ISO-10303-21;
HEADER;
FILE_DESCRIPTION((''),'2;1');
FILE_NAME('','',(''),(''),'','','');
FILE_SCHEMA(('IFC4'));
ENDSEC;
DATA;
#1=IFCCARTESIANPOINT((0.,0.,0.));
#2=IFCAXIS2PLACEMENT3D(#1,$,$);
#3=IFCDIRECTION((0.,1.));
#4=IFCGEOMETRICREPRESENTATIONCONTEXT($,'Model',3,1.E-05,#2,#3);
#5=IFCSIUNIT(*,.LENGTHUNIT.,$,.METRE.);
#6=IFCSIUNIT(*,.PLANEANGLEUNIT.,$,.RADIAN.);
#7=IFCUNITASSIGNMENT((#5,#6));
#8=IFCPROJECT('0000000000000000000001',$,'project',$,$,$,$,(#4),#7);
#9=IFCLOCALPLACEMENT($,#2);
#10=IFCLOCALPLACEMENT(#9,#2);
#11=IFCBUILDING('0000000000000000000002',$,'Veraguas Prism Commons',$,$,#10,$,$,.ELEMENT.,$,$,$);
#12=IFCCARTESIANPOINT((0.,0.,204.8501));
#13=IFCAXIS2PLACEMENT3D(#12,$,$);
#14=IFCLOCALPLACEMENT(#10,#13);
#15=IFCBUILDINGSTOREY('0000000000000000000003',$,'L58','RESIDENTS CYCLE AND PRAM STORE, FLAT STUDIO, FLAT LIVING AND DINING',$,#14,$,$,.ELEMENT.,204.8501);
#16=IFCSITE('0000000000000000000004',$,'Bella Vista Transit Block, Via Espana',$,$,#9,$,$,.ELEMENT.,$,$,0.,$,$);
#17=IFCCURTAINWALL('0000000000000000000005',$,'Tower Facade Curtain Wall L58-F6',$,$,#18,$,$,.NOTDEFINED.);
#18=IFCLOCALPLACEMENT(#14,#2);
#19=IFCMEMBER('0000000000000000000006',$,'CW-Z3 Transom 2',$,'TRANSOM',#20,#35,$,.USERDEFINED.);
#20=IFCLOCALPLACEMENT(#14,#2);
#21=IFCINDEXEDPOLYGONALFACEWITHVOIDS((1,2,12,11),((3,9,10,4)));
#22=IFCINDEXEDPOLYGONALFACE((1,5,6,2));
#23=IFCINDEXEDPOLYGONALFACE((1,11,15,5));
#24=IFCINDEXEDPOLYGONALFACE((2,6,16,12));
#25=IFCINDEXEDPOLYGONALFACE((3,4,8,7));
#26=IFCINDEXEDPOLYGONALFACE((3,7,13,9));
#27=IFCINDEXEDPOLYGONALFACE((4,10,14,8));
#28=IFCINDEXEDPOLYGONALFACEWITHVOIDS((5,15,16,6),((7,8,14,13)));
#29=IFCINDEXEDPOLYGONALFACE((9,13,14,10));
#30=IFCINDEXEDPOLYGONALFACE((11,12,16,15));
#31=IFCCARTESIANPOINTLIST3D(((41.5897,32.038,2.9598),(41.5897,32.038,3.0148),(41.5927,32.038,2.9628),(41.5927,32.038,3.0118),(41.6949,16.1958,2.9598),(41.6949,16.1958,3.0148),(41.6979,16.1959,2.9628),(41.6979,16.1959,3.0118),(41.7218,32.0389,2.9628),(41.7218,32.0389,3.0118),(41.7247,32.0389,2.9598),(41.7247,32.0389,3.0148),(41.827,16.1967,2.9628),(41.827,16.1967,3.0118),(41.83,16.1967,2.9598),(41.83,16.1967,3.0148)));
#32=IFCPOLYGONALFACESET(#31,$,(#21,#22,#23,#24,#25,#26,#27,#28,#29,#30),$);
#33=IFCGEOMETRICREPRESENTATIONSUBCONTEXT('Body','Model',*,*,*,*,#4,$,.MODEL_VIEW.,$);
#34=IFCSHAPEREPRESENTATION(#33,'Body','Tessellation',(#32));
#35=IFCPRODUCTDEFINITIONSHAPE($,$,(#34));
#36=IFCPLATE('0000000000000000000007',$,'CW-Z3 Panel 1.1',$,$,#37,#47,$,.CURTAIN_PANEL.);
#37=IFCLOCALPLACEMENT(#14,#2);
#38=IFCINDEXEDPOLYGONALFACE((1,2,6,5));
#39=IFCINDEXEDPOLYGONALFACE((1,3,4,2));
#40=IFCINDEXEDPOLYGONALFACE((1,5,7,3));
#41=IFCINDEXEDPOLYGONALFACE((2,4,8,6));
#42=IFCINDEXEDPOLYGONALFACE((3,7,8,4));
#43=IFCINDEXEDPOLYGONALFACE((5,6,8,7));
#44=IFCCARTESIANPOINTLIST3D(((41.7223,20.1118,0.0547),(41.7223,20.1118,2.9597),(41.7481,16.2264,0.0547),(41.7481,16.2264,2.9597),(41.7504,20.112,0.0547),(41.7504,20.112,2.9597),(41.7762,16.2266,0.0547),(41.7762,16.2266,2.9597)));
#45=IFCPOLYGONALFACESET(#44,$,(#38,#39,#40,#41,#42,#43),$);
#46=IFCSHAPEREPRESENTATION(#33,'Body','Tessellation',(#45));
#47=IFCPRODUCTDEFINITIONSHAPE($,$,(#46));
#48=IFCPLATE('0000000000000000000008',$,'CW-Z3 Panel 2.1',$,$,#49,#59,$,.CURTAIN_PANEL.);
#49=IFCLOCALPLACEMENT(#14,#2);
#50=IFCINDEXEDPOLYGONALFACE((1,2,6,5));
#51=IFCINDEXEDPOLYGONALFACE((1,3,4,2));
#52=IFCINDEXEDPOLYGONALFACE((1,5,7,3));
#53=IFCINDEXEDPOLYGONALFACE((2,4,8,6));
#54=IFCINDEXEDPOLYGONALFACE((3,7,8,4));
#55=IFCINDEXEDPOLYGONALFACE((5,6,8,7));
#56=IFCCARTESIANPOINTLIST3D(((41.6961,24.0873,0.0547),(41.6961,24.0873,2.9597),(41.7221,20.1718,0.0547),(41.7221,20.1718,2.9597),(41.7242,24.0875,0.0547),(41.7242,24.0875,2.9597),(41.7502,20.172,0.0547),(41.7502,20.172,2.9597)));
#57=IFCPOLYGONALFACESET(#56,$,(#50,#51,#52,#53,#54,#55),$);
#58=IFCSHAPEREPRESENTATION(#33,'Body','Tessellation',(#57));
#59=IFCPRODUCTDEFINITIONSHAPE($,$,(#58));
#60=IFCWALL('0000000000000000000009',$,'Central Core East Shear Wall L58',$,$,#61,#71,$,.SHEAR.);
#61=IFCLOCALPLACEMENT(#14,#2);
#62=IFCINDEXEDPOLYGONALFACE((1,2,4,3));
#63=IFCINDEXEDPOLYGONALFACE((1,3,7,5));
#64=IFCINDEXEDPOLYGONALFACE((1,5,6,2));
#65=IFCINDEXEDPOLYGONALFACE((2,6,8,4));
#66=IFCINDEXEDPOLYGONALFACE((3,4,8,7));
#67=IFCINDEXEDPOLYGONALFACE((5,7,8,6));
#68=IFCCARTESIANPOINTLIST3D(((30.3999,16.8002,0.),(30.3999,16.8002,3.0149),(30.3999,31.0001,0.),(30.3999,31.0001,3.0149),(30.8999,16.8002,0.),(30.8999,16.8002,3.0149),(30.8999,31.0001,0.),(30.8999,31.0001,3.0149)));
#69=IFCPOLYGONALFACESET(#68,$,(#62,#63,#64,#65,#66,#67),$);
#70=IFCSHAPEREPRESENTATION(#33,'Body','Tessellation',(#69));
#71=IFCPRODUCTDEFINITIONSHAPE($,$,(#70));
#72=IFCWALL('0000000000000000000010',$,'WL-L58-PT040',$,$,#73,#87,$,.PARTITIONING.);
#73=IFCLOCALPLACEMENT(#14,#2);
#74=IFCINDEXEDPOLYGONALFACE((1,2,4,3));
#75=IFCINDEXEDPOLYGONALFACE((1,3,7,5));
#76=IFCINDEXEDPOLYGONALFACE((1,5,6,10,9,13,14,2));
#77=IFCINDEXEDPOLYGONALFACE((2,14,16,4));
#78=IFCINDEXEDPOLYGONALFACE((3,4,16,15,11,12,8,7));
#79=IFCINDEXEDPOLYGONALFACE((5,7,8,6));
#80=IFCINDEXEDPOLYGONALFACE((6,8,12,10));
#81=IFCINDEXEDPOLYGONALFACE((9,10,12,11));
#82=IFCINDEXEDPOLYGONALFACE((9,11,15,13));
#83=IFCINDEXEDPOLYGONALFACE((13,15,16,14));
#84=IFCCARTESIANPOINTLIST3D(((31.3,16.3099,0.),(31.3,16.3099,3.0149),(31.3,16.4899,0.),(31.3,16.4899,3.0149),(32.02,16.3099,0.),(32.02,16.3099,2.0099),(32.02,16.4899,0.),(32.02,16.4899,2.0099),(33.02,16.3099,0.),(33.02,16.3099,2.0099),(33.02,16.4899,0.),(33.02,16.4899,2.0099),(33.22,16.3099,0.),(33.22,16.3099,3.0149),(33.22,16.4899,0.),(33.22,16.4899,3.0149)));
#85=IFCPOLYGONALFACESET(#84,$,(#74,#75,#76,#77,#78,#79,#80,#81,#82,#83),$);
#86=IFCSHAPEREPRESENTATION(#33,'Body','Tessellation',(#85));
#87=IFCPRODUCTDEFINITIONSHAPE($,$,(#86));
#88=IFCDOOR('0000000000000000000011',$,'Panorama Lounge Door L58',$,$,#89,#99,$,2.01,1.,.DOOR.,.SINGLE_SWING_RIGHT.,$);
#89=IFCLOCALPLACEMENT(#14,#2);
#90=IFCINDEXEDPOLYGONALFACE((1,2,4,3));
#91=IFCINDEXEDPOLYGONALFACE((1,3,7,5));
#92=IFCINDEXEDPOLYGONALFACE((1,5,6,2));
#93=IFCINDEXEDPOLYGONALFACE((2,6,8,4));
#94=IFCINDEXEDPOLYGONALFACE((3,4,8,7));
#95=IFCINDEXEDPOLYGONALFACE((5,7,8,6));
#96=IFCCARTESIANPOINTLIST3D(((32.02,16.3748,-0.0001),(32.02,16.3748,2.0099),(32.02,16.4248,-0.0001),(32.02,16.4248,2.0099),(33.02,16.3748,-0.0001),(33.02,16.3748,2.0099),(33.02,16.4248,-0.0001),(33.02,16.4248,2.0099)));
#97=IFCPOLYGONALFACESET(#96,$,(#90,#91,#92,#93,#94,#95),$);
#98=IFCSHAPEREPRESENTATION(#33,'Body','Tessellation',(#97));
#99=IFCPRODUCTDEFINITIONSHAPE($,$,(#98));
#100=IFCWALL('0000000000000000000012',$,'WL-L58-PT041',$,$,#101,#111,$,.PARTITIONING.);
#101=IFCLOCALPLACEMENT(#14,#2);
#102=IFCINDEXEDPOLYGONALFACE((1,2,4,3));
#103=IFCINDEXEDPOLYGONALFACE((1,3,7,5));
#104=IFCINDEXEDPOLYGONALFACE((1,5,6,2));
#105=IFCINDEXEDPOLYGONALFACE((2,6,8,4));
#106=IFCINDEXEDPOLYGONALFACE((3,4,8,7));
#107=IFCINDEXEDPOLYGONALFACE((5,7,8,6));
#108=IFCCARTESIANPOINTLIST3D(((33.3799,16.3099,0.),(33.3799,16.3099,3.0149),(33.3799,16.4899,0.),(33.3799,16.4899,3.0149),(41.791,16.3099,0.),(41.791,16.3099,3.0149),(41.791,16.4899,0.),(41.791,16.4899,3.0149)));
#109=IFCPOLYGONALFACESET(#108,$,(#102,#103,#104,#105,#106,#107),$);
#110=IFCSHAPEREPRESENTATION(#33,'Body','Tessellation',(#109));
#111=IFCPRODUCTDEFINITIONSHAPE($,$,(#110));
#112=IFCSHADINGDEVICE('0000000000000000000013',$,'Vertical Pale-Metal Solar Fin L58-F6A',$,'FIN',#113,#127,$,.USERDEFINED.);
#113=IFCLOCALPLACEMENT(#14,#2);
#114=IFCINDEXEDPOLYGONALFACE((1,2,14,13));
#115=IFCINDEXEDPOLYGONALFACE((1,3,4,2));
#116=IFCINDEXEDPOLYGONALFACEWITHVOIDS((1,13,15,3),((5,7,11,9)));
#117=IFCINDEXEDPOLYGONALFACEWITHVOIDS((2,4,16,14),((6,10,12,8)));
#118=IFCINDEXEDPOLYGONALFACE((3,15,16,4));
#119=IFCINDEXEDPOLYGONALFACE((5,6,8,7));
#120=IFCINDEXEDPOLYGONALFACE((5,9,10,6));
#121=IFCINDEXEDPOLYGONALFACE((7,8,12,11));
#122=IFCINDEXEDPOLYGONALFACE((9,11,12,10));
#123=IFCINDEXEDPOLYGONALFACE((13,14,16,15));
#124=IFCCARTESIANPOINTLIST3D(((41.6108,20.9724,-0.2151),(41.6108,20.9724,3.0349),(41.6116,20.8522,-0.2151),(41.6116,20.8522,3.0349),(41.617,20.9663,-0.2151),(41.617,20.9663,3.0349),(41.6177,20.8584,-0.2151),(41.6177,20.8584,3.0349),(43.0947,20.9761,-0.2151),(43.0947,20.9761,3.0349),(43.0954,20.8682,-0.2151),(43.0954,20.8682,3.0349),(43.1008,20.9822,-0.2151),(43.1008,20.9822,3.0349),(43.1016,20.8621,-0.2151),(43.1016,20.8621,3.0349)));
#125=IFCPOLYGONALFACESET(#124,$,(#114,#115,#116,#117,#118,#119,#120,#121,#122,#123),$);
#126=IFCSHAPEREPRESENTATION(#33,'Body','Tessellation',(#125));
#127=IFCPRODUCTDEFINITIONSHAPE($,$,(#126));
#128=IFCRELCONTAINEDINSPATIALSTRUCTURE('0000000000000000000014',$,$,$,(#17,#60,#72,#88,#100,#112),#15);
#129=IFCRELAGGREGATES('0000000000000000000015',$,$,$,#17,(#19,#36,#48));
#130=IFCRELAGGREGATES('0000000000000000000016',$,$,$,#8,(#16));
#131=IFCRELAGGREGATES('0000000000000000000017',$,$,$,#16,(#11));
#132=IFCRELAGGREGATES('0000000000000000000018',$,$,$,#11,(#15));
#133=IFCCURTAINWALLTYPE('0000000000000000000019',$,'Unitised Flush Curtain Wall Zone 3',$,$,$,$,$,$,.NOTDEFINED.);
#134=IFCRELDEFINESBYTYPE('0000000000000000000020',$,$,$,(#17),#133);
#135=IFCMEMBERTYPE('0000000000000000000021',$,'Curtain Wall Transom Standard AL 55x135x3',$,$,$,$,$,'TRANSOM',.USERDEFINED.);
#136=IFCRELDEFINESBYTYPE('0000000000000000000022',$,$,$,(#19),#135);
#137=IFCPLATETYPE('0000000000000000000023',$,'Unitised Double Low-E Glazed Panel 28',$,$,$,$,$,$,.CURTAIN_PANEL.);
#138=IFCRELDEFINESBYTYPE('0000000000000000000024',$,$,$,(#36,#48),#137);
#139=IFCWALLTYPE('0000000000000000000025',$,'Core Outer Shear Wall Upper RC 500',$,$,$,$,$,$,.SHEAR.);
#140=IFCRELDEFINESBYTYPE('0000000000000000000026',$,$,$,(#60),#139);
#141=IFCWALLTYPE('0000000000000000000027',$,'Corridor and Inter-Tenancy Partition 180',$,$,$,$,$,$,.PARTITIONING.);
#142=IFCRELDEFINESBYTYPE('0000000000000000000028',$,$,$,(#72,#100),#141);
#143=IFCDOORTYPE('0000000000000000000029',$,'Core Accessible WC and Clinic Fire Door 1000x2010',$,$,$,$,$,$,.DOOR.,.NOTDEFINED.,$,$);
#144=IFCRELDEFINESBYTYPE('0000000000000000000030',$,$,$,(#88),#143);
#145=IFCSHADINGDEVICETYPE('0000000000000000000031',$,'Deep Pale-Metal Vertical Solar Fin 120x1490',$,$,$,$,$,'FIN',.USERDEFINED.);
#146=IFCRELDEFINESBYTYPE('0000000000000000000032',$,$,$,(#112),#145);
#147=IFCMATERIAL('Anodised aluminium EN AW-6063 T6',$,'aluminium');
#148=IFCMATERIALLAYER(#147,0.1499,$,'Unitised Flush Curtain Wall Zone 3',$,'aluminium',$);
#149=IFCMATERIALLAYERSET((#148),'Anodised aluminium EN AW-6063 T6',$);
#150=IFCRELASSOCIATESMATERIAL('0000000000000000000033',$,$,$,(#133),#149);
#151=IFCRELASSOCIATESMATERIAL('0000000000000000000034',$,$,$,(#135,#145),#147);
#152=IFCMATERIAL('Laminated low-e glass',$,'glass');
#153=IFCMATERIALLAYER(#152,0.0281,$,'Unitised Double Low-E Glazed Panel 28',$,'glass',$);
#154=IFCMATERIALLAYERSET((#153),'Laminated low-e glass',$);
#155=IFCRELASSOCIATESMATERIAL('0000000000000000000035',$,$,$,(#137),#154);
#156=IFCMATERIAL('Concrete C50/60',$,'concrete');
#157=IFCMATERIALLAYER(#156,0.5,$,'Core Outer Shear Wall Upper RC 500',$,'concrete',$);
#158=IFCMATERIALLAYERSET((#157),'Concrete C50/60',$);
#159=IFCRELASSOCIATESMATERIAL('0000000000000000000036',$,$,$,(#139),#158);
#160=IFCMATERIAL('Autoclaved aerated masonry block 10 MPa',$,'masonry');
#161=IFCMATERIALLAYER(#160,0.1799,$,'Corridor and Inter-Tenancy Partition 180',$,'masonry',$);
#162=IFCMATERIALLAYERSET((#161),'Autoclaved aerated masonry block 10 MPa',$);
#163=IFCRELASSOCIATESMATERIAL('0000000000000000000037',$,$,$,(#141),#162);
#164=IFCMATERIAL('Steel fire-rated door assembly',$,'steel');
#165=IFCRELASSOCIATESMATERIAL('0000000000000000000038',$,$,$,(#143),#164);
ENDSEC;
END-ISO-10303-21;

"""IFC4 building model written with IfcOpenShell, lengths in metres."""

from ifc_helpers import new_model, si_unit, direction, frame, frame_2d, origin, origin_2d, place, context, subcontext, project, spatial, rectangle, hollow_rectangle, extrude, source, transform, mapped, material, layer, layer_set, material_profile, profile_set, type_object, element, fill, aggregate, save


model = new_model("IFC4")

# Units and contexts
model_context = context("Model", 3, precision=1e-05, world=origin(), true_north=direction((0.0, 1.0)))
body_context = subcontext(model_context, "Body", "Model", "MODEL_VIEW")
ifc_project = project(units=[si_unit("LENGTHUNIT", "METRE"), si_unit("PLANEANGLEUNIT", "RADIAN")], contexts=[model_context])

# Site, building, storey
site_placement = place(None, origin())
site = spatial("IfcSite", under=ifc_project, at=site_placement, Name="Bella Vista Transit Block, Via Espana", CompositionType="ELEMENT", RefElevation=0.0)
building_placement = place(site_placement, origin())
building = spatial("IfcBuilding", under=site, at=building_placement, Name="Veraguas Prism Commons", CompositionType="ELEMENT")
storey_placement = place(building_placement, frame((0.0, 0.0, 204.8501)))
storey = spatial("IfcBuildingStorey", under=building, at=storey_placement, Name="L58", Description="RESIDENTS CYCLE AND PRAM STORE, FLAT STUDIO, FLAT LIVING AND DINING", CompositionType="ELEMENT", Elevation=204.8501)

# Shared definitions
ifc_material_1 = material(Name="Concrete C50/60", Category="concrete")

# Curtain wall
ifc_material_2 = material(Name="Anodised aluminium EN AW-6063 T6", Category="aluminium")
ifc_layer_1 = layer(ifc_material_2, 0.1499, Name="Unitised Flush Curtain Wall Zone 3", Category="aluminium")
ifc_layer_set_1 = layer_set([ifc_layer_1], Name="Anodised aluminium EN AW-6063 T6")
curtain_wall_type = type_object("IfcCurtainWallType", Name="Unitised Flush Curtain Wall Zone 3", PredefinedType="NOTDEFINED", material=ifc_layer_set_1)
curtain_wall_1_placement = place(storey_placement, origin())
curtain_wall_1 = element("IfcCurtainWall", 1, at=curtain_wall_1_placement, inside=storey, type_object=curtain_wall_type, Name="Tower Facade Curtain Wall L58-F6", PredefinedType="NOTDEFINED")

# Member
ifc_material_profile_1 = material_profile(ifc_material_2, hollow_rectangle(XDim=0.0549, YDim=0.135, WallThickness=0.0029, at=origin_2d()), Name="AL55X135X3")
ifc_profile_set_1 = profile_set([ifc_material_profile_1], Name="Anodised aluminium EN AW-6063 T6")
member_type_1 = type_object("IfcMemberType", Name="Curtain Wall Transom Standard AL 55x135x3", ElementType="TRANSOM", PredefinedType="USERDEFINED", material=ifc_profile_set_1)
shared_shape_1 = source(origin(), body_context, "Body", "SweptSolid", [
    extrude(hollow_rectangle(XDim=0.0549, YDim=0.135, WallThickness=0.0029, at=origin_2d()), origin(), (0.0, 0.0, 1.0), 15.8425),
])
member_1_placement = place(storey_placement, frame((41.7625, 16.1963, 2.9873), z_axis=(-0.006642, 0.999978, 0.0), x_axis=(0.0, 0.0, 1.0)))
member_1 = element("IfcMember", 2, at=member_1_placement, type_object=member_type_1, Name="CW-Z3 Transom 2", ObjectType="TRANSOM", PredefinedType="USERDEFINED", context=body_context, shape_type="MappedRepresentation", body=[
    mapped(shared_shape_1, transform((0.0, 0.0, 0.0), scale=1.0)),
])

# Plates
ifc_material_3 = material(Name="Laminated low-e glass", Category="glass")
ifc_layer_2 = layer(ifc_material_3, 0.0281, Name="Unitised Double Low-E Glazed Panel 28", Category="glass")
ifc_layer_set_2 = layer_set([ifc_layer_2], Name="Laminated low-e glass")
plate_type = type_object("IfcPlateType", Name="Unitised Double Low-E Glazed Panel 28", PredefinedType="CURTAIN_PANEL", material=ifc_layer_set_2)
shared_shape_2 = source(origin(), body_context, "Body", "SweptSolid", [
    extrude(rectangle(XDim=3.8855, YDim=0.0281, at=origin_2d()), origin(), (0.0, 0.0, 1.0), 2.905),
])
plate_1_placement = place(storey_placement, frame((41.7493, 18.1692, 0.0547), z_axis=(0.0, 0.0, 1.0), x_axis=(-0.006634, 0.999978, 0.0)))
plate_1 = element("IfcPlate", 3, at=plate_1_placement, type_object=plate_type, Name="CW-Z3 Panel 1.1", PredefinedType="CURTAIN_PANEL", context=body_context, shape_type="MappedRepresentation", body=[
    mapped(shared_shape_2, transform((0.0, 0.0, 0.0), scale=1.0)),
])
shared_shape_3 = source(origin(), body_context, "Body", "SweptSolid", [
    extrude(rectangle(XDim=3.9155, YDim=0.0281, at=origin_2d()), origin(), (0.0, 0.0, 1.0), 2.905),
])
plate_2_placement = place(storey_placement, frame((41.7231, 22.1296, 0.0547), z_axis=(0.0, 0.0, 1.0), x_axis=(-0.006634, 0.999978, 0.0)))
plate_2 = element("IfcPlate", 4, at=plate_2_placement, type_object=plate_type, Name="CW-Z3 Panel 2.1", PredefinedType="CURTAIN_PANEL", context=body_context, shape_type="MappedRepresentation", body=[
    mapped(shared_shape_3, transform((0.0, 0.0, 0.0), scale=1.0)),
])
aggregate(curtain_wall_1, [member_1, plate_1, plate_2])

# Wall
ifc_layer_3 = layer(ifc_material_1, 0.5, Name="Core Outer Shear Wall Upper RC 500", Category="concrete")
ifc_layer_set_3 = layer_set([ifc_layer_3], Name="Concrete C50/60")
wall_type_1 = type_object("IfcWallType", Name="Core Outer Shear Wall Upper RC 500", PredefinedType="SHEAR", material=ifc_layer_set_3)
wall_1_placement = place(storey_placement, frame((30.6499, 16.8, 0.0), z_axis=(0.0, 0.0, 1.0), x_axis=(0.0, 1.0, 0.0)))
element("IfcWall", 5, at=wall_1_placement, inside=storey, type_object=wall_type_1, Name="Central Core East Shear Wall L58", PredefinedType="SHEAR", context=body_context, shape_type="SweptSolid", body=[
    extrude(rectangle(XDim=14.2, YDim=0.5, at=frame_2d((7.1001, 0.0))), origin(), (0.0, 0.0, 1.0), 3.0149),
])

# Wall, opening, door
ifc_material_4 = material(Name="Autoclaved aerated masonry block 10 MPa", Category="masonry")
ifc_layer_4 = layer(ifc_material_4, 0.1799, Name="Corridor and Inter-Tenancy Partition 180", Category="masonry")
ifc_layer_set_4 = layer_set([ifc_layer_4], Name="Autoclaved aerated masonry block 10 MPa")
wall_type_2 = type_object("IfcWallType", Name="Corridor and Inter-Tenancy Partition 180", PredefinedType="PARTITIONING", material=ifc_layer_set_4)
wall_2_placement = place(storey_placement, frame((31.3, 16.3999, 0.0), z_axis=(0.0, 0.0, 1.0), x_axis=(1.0, 0.0, 0.0)))
wall_2 = element("IfcWall", 6, at=wall_2_placement, inside=storey, type_object=wall_type_2, Name="WL-L58-PT040", PredefinedType="PARTITIONING", context=body_context, shape_type="SweptSolid", body=[
    extrude(rectangle(XDim=1.9199, YDim=0.1799, at=frame_2d((0.96, 0.0))), origin(), (0.0, 0.0, 1.0), 3.0149),
])
opening_placement = place(wall_2_placement, frame((0.72, 0.0, 0.0)))
opening = element("IfcOpeningElement", 7, at=opening_placement, cuts=wall_2, PredefinedType="OPENING", context=body_context, shape_type="SweptSolid", body=[
    extrude(rectangle(XDim=1.0, YDim=2.01, at=frame_2d((0.5, 1.0049))), frame((0.0, 0.0999, 0.0), z_axis=(0.0, -1.0, 0.0), x_axis=(1.0, 0.0, 0.0)), (0.0, 0.0, 1.0), 0.2),
])
ifc_material_5 = material(Name="Steel fire-rated door assembly", Category="steel")
door_type = type_object("IfcDoorType", Name="Core Accessible WC and Clinic Fire Door 1000x2010", OperationType="NOTDEFINED", PredefinedType="DOOR", material=ifc_material_5)
shared_shape_4 = source(origin(), body_context, "Body", "SweptSolid", [
    extrude(rectangle(XDim=1.0, YDim=2.01, at=frame_2d((0.5, 1.0049))), frame((0.0, 0.0249, 0.0), z_axis=(0.0, -1.0, 0.0), x_axis=(1.0, 0.0, 0.0)), (0.0, 0.0, 1.0), 0.05),
])
door_placement = place(opening_placement, origin())
door = element("IfcDoor", 8, at=door_placement, inside=storey, type_object=door_type, Name="Panorama Lounge Door L58", OperationType="SINGLE_SWING_RIGHT", OverallHeight=2.01, OverallWidth=1.0, PredefinedType="DOOR", context=body_context, shape_type="MappedRepresentation", body=[
    mapped(shared_shape_4, transform((0.0, 0.0, 0.0), scale=1.0)),
])
fill(opening, door)

# Wall
wall_3_placement = place(storey_placement, frame((33.3799, 16.3999, 0.0), z_axis=(0.0, 0.0, 1.0), x_axis=(1.0, 0.0, 0.0)))
element("IfcWall", 9, at=wall_3_placement, inside=storey, type_object=wall_type_2, Name="WL-L58-PT041", PredefinedType="PARTITIONING", context=body_context, shape_type="SweptSolid", body=[
    extrude(rectangle(XDim=8.4111, YDim=0.1799, at=frame_2d((4.2056, 0.0))), origin(), (0.0, 0.0, 1.0), 3.0149),
])

# Shading device
ifc_material_profile_2 = material_profile(ifc_material_2, hollow_rectangle(XDim=0.1201, YDim=1.49, WallThickness=0.0061, at=origin_2d()), Name="FIN120X1490X6")
ifc_profile_set_2 = profile_set([ifc_material_profile_2], Name="Anodised aluminium EN AW-6063 T6")
shading_device_type = type_object("IfcShadingDeviceType", Name="Deep Pale-Metal Vertical Solar Fin 120x1490", ElementType="FIN", PredefinedType="USERDEFINED", material=ifc_profile_set_2)
shading_device_placement = place(storey_placement, frame((42.3562, 20.9172, -0.2151), z_axis=(0.0, 0.0, 1.0), x_axis=(-0.006634, 0.999978, 0.0)))
element("IfcShadingDevice", 10, at=shading_device_placement, inside=storey, type_object=shading_device_type, Name="Vertical Pale-Metal Solar Fin L58-F6A", ObjectType="FIN", PredefinedType="USERDEFINED", context=body_context, shape_type="SweptSolid", body=[
    extrude(hollow_rectangle(XDim=0.1201, YDim=1.49, WallThickness=0.0061, at=origin_2d()), origin(), (0.0, 0.0, 1.0), 3.25),
])

save(model, "model.ifc")
